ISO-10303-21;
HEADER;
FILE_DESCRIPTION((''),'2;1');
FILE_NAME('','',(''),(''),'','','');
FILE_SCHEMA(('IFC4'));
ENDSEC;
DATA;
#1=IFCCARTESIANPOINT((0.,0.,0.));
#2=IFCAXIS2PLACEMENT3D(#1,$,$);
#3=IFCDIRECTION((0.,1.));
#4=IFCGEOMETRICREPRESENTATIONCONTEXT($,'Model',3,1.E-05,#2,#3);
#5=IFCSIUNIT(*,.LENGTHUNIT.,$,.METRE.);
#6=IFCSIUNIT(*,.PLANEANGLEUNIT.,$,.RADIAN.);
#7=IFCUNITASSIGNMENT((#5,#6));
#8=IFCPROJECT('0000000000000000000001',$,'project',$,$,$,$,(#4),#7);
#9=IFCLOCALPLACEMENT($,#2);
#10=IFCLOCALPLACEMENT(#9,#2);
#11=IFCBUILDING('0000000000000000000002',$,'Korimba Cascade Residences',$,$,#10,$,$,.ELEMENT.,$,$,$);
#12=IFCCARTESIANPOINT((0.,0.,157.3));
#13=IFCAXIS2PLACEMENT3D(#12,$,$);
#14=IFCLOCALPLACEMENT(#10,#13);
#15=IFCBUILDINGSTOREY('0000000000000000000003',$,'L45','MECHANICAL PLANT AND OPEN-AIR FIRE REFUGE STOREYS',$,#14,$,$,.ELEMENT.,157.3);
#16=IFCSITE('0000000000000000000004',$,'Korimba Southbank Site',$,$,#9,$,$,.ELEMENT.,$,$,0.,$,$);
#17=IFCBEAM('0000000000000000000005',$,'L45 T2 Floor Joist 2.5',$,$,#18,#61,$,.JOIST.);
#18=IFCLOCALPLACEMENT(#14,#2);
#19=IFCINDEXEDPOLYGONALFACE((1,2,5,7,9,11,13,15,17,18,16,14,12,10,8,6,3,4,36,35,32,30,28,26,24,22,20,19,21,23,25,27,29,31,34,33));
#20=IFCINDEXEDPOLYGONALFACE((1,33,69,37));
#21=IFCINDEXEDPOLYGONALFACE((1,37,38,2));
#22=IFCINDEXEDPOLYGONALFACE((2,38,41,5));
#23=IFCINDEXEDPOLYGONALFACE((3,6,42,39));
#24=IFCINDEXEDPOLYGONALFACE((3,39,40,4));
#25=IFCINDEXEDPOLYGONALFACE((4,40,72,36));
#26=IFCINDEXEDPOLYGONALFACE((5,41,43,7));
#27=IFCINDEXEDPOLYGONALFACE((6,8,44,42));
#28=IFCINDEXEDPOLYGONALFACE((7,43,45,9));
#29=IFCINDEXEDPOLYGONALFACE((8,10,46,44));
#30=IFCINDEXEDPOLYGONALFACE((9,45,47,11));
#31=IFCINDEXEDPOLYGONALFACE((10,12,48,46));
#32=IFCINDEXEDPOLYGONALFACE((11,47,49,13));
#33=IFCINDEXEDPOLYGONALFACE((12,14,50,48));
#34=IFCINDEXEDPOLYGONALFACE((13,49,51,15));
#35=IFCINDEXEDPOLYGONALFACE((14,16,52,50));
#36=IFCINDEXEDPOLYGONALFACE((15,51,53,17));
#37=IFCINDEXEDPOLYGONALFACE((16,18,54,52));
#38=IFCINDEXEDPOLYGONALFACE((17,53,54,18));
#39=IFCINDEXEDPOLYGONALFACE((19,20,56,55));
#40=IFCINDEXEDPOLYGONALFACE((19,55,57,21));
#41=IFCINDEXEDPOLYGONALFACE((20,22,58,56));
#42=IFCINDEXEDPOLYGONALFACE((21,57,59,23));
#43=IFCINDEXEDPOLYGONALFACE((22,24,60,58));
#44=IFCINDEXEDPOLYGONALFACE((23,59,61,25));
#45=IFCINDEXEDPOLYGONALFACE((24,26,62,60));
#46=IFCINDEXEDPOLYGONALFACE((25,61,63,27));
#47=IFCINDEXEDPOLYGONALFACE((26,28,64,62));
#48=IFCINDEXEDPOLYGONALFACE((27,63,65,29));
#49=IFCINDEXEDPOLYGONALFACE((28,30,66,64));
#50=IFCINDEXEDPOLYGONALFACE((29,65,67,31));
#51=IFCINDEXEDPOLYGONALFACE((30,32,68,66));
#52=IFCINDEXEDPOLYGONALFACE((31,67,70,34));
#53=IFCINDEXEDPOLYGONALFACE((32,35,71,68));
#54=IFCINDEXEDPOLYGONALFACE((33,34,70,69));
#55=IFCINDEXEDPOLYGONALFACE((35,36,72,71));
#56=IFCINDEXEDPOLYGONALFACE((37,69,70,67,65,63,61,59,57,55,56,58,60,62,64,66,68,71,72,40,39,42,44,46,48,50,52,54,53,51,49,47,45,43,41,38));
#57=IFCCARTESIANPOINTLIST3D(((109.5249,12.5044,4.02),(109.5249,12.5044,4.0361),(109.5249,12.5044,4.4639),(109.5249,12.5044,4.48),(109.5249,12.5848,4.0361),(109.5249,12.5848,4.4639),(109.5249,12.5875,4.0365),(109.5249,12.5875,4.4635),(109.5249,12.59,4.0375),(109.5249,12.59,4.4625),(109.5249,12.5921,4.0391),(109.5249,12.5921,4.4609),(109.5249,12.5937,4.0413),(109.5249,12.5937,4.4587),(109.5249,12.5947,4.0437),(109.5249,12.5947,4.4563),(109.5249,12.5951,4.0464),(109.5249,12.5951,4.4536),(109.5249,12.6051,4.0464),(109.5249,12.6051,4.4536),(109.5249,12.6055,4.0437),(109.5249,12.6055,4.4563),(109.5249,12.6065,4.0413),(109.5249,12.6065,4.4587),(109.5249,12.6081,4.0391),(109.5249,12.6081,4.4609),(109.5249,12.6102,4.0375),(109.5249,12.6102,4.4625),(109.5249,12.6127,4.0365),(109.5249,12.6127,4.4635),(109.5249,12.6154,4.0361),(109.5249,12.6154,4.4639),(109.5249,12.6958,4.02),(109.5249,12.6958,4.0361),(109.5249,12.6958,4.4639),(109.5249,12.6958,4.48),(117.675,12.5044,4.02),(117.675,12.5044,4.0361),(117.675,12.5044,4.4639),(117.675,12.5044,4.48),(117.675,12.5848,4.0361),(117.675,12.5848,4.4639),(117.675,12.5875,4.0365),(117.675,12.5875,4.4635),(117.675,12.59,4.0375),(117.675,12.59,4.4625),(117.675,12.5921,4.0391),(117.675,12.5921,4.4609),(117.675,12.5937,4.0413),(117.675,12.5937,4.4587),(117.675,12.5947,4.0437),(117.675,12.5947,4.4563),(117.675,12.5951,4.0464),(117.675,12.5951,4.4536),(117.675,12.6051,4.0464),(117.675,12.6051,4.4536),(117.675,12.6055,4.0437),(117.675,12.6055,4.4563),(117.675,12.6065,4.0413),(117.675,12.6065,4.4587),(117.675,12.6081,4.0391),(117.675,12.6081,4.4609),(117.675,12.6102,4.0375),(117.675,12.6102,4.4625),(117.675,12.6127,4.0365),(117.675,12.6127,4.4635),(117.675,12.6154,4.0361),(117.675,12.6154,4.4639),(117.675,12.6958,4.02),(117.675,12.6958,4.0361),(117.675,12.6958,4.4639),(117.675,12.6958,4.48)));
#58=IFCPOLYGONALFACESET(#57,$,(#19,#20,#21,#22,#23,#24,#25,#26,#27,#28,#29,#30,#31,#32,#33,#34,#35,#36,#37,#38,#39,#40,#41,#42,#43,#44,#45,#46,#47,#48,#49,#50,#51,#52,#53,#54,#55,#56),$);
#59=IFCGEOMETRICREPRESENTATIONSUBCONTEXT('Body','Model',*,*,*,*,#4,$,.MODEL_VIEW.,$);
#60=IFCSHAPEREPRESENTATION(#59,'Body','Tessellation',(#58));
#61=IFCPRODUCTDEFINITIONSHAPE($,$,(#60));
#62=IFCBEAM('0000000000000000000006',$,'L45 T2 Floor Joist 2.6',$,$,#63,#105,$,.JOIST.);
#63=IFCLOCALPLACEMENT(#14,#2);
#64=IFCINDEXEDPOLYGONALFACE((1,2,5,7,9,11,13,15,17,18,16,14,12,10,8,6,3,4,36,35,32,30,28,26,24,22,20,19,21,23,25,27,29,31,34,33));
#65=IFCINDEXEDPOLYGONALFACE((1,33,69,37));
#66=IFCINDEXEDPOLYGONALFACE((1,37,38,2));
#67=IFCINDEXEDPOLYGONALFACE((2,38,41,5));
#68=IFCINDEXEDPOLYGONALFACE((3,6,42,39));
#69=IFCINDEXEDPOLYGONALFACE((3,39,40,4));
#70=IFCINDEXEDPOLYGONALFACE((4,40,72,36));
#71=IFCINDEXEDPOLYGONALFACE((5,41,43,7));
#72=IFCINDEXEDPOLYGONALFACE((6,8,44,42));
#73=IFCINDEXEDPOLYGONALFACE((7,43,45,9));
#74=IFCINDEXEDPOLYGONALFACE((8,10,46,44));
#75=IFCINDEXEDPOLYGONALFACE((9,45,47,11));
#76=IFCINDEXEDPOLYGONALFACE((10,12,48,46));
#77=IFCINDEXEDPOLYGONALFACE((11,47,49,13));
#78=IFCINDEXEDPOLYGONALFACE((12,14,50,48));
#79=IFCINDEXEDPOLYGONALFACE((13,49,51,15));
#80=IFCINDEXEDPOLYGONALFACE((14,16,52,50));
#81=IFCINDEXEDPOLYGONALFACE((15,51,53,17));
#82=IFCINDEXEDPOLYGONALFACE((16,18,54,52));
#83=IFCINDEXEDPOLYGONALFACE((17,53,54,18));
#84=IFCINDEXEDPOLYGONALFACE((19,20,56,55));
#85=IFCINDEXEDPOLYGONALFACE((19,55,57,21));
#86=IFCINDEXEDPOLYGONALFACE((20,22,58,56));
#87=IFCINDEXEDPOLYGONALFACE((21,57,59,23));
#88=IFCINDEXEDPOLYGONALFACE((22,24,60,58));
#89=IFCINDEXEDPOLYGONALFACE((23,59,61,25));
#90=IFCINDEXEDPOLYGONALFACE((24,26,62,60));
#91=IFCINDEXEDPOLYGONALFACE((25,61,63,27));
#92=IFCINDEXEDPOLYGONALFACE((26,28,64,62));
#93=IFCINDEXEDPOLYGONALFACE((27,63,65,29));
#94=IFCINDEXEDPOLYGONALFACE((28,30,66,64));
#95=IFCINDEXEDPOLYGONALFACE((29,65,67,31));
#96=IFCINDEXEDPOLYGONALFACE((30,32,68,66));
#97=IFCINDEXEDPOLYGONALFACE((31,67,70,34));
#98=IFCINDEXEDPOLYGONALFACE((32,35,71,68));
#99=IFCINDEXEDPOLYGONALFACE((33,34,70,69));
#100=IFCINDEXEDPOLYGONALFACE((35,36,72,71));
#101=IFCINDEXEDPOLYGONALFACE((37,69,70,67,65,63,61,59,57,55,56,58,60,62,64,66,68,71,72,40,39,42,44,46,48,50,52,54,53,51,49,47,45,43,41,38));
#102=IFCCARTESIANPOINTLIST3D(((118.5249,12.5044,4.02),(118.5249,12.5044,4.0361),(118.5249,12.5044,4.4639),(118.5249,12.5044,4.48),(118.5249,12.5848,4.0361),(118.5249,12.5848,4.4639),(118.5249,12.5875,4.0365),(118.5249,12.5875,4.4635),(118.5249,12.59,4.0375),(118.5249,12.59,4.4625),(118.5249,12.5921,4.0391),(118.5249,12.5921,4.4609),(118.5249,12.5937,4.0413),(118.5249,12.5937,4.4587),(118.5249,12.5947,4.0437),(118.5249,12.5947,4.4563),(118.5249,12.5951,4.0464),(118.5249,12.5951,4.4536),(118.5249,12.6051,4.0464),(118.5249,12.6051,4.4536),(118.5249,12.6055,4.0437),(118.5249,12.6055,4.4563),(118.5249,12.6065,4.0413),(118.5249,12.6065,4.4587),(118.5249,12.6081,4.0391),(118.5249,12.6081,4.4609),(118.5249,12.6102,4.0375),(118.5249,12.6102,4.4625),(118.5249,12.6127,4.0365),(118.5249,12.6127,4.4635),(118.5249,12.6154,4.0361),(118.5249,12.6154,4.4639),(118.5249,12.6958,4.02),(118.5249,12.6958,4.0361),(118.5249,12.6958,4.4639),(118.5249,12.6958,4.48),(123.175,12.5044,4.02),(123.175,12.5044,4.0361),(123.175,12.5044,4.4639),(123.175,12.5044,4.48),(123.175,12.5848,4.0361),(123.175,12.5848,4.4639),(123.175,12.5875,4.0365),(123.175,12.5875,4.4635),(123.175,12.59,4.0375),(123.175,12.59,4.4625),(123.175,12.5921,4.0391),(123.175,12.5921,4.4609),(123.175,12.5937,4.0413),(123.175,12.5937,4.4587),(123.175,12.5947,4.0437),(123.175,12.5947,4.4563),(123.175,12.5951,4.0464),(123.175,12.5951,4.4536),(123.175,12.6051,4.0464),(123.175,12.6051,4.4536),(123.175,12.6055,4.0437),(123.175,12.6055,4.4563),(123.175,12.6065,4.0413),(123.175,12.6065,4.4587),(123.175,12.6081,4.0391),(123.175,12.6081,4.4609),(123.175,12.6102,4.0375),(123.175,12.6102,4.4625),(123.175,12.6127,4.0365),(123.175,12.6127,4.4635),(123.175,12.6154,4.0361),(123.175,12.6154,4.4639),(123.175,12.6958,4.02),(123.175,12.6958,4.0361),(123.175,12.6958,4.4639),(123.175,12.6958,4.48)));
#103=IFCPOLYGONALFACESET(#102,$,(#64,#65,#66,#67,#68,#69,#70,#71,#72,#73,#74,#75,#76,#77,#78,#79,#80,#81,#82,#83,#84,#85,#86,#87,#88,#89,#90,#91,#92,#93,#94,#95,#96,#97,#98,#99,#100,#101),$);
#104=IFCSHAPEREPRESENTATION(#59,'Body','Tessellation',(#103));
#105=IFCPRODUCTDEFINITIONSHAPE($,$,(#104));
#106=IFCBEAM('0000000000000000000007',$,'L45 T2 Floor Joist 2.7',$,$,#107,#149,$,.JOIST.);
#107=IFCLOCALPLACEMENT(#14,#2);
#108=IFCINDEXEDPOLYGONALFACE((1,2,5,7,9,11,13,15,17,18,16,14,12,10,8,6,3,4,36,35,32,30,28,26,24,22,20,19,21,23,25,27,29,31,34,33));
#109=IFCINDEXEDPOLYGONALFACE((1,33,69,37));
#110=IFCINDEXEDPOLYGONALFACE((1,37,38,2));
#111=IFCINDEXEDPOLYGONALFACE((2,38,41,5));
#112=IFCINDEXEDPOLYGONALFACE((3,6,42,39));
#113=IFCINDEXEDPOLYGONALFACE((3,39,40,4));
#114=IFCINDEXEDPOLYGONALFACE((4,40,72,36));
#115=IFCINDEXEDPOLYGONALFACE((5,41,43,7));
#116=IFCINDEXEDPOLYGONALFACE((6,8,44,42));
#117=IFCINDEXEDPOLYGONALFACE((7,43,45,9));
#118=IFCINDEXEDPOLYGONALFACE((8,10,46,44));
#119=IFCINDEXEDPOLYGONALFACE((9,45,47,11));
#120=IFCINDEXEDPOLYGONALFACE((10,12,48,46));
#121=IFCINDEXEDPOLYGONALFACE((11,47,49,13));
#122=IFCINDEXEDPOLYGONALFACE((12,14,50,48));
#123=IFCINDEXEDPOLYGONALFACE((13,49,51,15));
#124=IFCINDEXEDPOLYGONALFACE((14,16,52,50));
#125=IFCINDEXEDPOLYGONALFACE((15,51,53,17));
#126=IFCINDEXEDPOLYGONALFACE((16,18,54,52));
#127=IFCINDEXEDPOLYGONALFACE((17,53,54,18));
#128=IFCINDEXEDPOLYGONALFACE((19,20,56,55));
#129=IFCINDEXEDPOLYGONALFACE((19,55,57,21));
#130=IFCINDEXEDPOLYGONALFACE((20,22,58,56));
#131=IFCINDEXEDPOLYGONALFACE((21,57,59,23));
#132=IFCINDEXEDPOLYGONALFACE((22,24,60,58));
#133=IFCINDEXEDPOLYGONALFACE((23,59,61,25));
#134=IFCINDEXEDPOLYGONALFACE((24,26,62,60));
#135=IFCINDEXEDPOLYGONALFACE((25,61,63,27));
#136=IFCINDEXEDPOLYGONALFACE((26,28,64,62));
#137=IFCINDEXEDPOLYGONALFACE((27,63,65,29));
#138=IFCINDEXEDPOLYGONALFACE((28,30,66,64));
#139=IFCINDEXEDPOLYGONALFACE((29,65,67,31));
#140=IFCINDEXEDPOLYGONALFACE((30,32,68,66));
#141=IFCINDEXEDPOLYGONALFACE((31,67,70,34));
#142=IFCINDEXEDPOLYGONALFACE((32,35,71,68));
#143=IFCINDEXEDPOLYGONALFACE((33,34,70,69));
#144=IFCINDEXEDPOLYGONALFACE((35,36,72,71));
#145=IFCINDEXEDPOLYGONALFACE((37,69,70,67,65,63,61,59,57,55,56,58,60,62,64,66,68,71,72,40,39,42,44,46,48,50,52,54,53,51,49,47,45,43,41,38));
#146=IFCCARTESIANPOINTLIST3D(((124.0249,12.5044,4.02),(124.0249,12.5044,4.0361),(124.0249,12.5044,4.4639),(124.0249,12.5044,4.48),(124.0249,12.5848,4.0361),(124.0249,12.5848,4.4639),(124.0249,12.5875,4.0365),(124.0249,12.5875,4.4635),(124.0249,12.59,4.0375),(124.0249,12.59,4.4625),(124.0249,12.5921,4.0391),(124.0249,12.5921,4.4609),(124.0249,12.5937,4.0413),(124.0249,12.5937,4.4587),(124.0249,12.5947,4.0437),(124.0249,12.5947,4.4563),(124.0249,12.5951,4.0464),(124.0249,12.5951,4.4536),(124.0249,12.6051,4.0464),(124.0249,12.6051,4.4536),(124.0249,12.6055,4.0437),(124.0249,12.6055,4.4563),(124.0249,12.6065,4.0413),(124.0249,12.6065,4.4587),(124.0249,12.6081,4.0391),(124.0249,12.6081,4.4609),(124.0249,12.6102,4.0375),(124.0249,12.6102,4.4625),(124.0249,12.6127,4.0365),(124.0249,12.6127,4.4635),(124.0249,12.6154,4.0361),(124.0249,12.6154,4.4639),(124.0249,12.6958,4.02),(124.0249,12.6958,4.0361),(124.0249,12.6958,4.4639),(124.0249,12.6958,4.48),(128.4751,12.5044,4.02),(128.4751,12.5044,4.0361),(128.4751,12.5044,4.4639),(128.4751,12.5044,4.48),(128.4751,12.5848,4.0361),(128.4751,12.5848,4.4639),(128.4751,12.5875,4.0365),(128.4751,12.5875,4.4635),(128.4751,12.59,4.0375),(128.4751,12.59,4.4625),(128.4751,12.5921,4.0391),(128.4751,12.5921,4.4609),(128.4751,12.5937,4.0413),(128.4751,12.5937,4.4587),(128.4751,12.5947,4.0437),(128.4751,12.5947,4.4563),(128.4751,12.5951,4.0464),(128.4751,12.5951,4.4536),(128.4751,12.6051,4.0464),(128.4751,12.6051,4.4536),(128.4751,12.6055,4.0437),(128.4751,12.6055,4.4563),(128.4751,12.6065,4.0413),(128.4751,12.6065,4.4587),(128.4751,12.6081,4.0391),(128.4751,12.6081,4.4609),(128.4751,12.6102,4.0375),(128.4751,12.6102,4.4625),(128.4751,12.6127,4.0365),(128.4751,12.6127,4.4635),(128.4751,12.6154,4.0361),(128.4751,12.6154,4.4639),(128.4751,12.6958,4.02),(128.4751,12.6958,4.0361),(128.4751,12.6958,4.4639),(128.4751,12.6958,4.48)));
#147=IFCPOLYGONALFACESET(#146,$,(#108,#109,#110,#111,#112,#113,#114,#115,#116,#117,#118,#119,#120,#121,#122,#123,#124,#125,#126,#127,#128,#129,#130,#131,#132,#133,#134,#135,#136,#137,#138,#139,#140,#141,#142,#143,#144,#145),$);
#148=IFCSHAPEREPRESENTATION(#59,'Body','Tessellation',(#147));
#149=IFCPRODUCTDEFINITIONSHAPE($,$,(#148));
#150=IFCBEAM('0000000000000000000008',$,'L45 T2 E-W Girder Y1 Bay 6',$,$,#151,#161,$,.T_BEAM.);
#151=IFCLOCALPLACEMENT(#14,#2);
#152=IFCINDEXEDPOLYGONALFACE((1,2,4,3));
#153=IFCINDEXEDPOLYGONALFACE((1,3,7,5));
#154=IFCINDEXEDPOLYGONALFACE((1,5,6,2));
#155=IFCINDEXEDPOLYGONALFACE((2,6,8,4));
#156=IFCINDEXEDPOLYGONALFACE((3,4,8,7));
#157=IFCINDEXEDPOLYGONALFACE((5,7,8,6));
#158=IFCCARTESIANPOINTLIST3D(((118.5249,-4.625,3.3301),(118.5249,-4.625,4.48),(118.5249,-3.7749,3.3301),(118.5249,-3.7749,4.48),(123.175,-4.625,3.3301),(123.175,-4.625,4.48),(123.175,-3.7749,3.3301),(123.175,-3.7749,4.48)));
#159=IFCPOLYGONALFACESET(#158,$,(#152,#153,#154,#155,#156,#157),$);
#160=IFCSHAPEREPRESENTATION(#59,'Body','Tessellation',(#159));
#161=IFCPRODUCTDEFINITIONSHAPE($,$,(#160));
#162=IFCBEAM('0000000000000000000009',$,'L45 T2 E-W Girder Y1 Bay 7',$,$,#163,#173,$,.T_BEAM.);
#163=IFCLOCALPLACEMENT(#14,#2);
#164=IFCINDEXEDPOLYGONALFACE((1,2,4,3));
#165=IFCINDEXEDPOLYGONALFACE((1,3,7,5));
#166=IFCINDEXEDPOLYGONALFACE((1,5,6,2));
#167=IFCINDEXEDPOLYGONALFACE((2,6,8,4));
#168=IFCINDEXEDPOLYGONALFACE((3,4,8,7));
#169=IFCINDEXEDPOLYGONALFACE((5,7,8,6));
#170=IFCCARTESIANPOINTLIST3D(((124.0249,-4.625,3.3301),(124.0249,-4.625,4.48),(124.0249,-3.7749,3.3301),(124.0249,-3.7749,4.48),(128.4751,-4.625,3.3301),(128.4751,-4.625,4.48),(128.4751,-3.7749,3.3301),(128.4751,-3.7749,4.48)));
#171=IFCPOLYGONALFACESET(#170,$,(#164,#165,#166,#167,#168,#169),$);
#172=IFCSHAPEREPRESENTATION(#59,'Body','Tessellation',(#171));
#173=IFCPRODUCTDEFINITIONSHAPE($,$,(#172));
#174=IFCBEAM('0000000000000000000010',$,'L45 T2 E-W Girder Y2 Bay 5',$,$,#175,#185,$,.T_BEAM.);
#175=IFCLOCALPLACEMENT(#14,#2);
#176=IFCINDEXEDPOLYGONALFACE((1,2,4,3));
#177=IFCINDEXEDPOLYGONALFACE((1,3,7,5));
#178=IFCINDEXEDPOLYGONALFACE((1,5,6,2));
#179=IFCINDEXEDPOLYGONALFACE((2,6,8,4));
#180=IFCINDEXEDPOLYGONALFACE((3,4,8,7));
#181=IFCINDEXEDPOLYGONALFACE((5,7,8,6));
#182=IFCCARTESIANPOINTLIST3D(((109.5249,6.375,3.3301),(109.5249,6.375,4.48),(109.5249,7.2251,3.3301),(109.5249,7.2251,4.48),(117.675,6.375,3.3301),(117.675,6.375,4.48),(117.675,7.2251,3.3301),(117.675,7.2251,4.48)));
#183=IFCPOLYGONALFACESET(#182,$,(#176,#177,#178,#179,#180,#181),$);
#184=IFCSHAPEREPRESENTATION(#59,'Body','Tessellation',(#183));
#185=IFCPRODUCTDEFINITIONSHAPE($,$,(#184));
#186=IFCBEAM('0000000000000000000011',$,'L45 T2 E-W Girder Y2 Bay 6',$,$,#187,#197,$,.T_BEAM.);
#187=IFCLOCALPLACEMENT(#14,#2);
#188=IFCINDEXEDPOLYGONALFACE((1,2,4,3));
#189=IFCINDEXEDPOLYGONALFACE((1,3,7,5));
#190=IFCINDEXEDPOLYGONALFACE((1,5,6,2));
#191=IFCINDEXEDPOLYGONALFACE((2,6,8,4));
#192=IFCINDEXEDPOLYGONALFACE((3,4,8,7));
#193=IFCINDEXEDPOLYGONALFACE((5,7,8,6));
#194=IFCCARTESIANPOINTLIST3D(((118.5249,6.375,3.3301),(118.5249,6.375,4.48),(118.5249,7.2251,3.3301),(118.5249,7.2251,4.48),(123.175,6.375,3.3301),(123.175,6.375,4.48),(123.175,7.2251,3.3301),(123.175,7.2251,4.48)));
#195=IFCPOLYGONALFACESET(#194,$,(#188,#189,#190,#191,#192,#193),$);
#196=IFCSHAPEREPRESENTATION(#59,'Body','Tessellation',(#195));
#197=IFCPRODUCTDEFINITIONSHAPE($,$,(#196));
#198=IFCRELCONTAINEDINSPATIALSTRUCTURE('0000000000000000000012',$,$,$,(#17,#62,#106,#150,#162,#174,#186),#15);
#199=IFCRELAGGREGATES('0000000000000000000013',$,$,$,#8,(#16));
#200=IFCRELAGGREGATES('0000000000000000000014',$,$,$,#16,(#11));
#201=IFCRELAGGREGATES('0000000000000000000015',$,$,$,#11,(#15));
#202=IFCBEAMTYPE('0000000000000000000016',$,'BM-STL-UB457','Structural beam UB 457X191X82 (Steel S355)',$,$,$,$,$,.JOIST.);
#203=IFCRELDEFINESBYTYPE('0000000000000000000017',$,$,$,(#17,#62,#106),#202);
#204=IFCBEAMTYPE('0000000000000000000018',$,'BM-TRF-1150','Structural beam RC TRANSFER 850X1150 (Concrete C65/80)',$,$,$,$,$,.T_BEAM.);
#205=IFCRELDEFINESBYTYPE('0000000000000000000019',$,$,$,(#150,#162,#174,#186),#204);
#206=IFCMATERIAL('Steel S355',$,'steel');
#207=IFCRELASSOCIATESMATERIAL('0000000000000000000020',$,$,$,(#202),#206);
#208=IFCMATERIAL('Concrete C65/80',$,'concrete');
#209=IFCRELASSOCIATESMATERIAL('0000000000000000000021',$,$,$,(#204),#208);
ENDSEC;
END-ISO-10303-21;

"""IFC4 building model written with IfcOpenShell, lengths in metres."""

from ifc_helpers import new_model, si_unit, direction, frame, origin, origin_2d, place, context, subcontext, project, spatial, rectangle, i_section, extrude, material, material_profile, profile_set, type_object, element, save


model = new_model("IFC4")

# Units and contexts
model_context = context("Model", 3, precision=1e-05, world=origin(), true_north=direction((0.0, 1.0)))
body_context = subcontext(model_context, "Body", "Model", "MODEL_VIEW")
ifc_project = project(units=[si_unit("LENGTHUNIT", "METRE"), si_unit("PLANEANGLEUNIT", "RADIAN")], contexts=[model_context])

# Site, building, storey
site_placement = place(None, origin())
site = spatial("IfcSite", under=ifc_project, at=site_placement, Name="Korimba Southbank Site", CompositionType="ELEMENT", RefElevation=0.0)
building_placement = place(site_placement, origin())
building = spatial("IfcBuilding", under=site, at=building_placement, Name="Korimba Cascade Residences", CompositionType="ELEMENT")
storey_placement = place(building_placement, frame((0.0, 0.0, 157.3)))
storey = spatial("IfcBuildingStorey", under=building, at=storey_placement, Name="L45", Description="MECHANICAL PLANT AND OPEN-AIR FIRE REFUGE STOREYS", CompositionType="ELEMENT", Elevation=157.3)

# Shared definitions
ifc_material_1 = material(Name="Concrete C65/80", Category="concrete")

# Beams
ifc_material_2 = material(Name="Steel S355", Category="steel")
ifc_material_profile_1 = material_profile(ifc_material_2, i_section(OverallWidth=0.1914, OverallDepth=0.46, WebThickness=0.01, FlangeThickness=0.0161, FilletRadius=0.0103, at=origin_2d()), Name="Steel S355")
ifc_profile_set_1 = profile_set([ifc_material_profile_1], Name="Steel S355")
beam_type_1 = type_object("IfcBeamType", Name="BM-STL-UB457", Description="Structural beam UB 457X191X82 (Steel S355)", PredefinedType="JOIST", material=ifc_profile_set_1)
beam_1_placement = place(storey_placement, frame((109.5249, 12.6001, 4.25), z_axis=(1.0, 0.0, 0.0), x_axis=(0.0, 1.0, 0.0)))
element("IfcBeam", 1, at=beam_1_placement, inside=storey, type_object=beam_type_1, Name="L45 T2 Floor Joist 2.5", PredefinedType="JOIST", context=body_context, shape_type="SweptSolid", body=[
    extrude(i_section(OverallWidth=0.1914, OverallDepth=0.46, WebThickness=0.01, FlangeThickness=0.0161, FilletRadius=0.0103, at=origin_2d()), origin(), (0.0, 0.0, 1.0), 8.1501),
])
beam_2_placement = place(storey_placement, frame((118.5249, 12.6001, 4.25), z_axis=(1.0, 0.0, 0.0), x_axis=(0.0, 1.0, 0.0)))
element("IfcBeam", 2, at=beam_2_placement, inside=storey, type_object=beam_type_1, Name="L45 T2 Floor Joist 2.6", PredefinedType="JOIST", context=body_context, shape_type="SweptSolid", body=[
    extrude(i_section(OverallWidth=0.1914, OverallDepth=0.46, WebThickness=0.01, FlangeThickness=0.0161, FilletRadius=0.0103, at=origin_2d()), origin(), (0.0, 0.0, 1.0), 4.6501),
])
beam_3_placement = place(storey_placement, frame((124.0249, 12.6001, 4.25), z_axis=(1.0, 0.0, 0.0), x_axis=(0.0, 1.0, 0.0)))
element("IfcBeam", 3, at=beam_3_placement, inside=storey, type_object=beam_type_1, Name="L45 T2 Floor Joist 2.7", PredefinedType="JOIST", context=body_context, shape_type="SweptSolid", body=[
    extrude(i_section(OverallWidth=0.1914, OverallDepth=0.46, WebThickness=0.01, FlangeThickness=0.0161, FilletRadius=0.0103, at=origin_2d()), origin(), (0.0, 0.0, 1.0), 4.4502),
])
ifc_material_profile_2 = material_profile(ifc_material_1, rectangle(XDim=0.8501, YDim=1.1499, at=origin_2d()), Name="Concrete C65/80")
ifc_profile_set_2 = profile_set([ifc_material_profile_2], Name="Concrete C65/80")
beam_type_2 = type_object("IfcBeamType", Name="BM-TRF-1150", Description="Structural beam RC TRANSFER 850X1150 (Concrete C65/80)", PredefinedType="T_BEAM", material=ifc_profile_set_2)
beam_4_placement = place(storey_placement, frame((118.5249, -4.2, 3.905), z_axis=(1.0, 0.0, 0.0), x_axis=(0.0, 1.0, 0.0)))
element("IfcBeam", 4, at=beam_4_placement, inside=storey, type_object=beam_type_2, Name="L45 T2 E-W Girder Y1 Bay 6", PredefinedType="T_BEAM", context=body_context, shape_type="SweptSolid", body=[
    extrude(rectangle(XDim=0.8501, YDim=1.1499, at=origin_2d()), origin(), (0.0, 0.0, 1.0), 4.6501),
])
beam_5_placement = place(storey_placement, frame((124.0249, -4.2, 3.905), z_axis=(1.0, 0.0, 0.0), x_axis=(0.0, 1.0, 0.0)))
element("IfcBeam", 5, at=beam_5_placement, inside=storey, type_object=beam_type_2, Name="L45 T2 E-W Girder Y1 Bay 7", PredefinedType="T_BEAM", context=body_context, shape_type="SweptSolid", body=[
    extrude(rectangle(XDim=0.8501, YDim=1.1499, at=origin_2d()), origin(), (0.0, 0.0, 1.0), 4.4502),
])
beam_6_placement = place(storey_placement, frame((109.5249, 6.8, 3.905), z_axis=(1.0, 0.0, 0.0), x_axis=(0.0, 1.0, 0.0)))
element("IfcBeam", 6, at=beam_6_placement, inside=storey, type_object=beam_type_2, Name="L45 T2 E-W Girder Y2 Bay 5", PredefinedType="T_BEAM", context=body_context, shape_type="SweptSolid", body=[
    extrude(rectangle(XDim=0.8501, YDim=1.1499, at=origin_2d()), origin(), (0.0, 0.0, 1.0), 8.1501),
])
beam_7_placement = place(storey_placement, frame((118.5249, 6.8, 3.905), z_axis=(1.0, 0.0, 0.0), x_axis=(0.0, 1.0, 0.0)))
element("IfcBeam", 7, at=beam_7_placement, inside=storey, type_object=beam_type_2, Name="L45 T2 E-W Girder Y2 Bay 6", PredefinedType="T_BEAM", context=body_context, shape_type="SweptSolid", body=[
    extrude(rectangle(XDim=0.8501, YDim=1.1499, at=origin_2d()), origin(), (0.0, 0.0, 1.0), 4.6501),
])

save(model, "model.ifc")
